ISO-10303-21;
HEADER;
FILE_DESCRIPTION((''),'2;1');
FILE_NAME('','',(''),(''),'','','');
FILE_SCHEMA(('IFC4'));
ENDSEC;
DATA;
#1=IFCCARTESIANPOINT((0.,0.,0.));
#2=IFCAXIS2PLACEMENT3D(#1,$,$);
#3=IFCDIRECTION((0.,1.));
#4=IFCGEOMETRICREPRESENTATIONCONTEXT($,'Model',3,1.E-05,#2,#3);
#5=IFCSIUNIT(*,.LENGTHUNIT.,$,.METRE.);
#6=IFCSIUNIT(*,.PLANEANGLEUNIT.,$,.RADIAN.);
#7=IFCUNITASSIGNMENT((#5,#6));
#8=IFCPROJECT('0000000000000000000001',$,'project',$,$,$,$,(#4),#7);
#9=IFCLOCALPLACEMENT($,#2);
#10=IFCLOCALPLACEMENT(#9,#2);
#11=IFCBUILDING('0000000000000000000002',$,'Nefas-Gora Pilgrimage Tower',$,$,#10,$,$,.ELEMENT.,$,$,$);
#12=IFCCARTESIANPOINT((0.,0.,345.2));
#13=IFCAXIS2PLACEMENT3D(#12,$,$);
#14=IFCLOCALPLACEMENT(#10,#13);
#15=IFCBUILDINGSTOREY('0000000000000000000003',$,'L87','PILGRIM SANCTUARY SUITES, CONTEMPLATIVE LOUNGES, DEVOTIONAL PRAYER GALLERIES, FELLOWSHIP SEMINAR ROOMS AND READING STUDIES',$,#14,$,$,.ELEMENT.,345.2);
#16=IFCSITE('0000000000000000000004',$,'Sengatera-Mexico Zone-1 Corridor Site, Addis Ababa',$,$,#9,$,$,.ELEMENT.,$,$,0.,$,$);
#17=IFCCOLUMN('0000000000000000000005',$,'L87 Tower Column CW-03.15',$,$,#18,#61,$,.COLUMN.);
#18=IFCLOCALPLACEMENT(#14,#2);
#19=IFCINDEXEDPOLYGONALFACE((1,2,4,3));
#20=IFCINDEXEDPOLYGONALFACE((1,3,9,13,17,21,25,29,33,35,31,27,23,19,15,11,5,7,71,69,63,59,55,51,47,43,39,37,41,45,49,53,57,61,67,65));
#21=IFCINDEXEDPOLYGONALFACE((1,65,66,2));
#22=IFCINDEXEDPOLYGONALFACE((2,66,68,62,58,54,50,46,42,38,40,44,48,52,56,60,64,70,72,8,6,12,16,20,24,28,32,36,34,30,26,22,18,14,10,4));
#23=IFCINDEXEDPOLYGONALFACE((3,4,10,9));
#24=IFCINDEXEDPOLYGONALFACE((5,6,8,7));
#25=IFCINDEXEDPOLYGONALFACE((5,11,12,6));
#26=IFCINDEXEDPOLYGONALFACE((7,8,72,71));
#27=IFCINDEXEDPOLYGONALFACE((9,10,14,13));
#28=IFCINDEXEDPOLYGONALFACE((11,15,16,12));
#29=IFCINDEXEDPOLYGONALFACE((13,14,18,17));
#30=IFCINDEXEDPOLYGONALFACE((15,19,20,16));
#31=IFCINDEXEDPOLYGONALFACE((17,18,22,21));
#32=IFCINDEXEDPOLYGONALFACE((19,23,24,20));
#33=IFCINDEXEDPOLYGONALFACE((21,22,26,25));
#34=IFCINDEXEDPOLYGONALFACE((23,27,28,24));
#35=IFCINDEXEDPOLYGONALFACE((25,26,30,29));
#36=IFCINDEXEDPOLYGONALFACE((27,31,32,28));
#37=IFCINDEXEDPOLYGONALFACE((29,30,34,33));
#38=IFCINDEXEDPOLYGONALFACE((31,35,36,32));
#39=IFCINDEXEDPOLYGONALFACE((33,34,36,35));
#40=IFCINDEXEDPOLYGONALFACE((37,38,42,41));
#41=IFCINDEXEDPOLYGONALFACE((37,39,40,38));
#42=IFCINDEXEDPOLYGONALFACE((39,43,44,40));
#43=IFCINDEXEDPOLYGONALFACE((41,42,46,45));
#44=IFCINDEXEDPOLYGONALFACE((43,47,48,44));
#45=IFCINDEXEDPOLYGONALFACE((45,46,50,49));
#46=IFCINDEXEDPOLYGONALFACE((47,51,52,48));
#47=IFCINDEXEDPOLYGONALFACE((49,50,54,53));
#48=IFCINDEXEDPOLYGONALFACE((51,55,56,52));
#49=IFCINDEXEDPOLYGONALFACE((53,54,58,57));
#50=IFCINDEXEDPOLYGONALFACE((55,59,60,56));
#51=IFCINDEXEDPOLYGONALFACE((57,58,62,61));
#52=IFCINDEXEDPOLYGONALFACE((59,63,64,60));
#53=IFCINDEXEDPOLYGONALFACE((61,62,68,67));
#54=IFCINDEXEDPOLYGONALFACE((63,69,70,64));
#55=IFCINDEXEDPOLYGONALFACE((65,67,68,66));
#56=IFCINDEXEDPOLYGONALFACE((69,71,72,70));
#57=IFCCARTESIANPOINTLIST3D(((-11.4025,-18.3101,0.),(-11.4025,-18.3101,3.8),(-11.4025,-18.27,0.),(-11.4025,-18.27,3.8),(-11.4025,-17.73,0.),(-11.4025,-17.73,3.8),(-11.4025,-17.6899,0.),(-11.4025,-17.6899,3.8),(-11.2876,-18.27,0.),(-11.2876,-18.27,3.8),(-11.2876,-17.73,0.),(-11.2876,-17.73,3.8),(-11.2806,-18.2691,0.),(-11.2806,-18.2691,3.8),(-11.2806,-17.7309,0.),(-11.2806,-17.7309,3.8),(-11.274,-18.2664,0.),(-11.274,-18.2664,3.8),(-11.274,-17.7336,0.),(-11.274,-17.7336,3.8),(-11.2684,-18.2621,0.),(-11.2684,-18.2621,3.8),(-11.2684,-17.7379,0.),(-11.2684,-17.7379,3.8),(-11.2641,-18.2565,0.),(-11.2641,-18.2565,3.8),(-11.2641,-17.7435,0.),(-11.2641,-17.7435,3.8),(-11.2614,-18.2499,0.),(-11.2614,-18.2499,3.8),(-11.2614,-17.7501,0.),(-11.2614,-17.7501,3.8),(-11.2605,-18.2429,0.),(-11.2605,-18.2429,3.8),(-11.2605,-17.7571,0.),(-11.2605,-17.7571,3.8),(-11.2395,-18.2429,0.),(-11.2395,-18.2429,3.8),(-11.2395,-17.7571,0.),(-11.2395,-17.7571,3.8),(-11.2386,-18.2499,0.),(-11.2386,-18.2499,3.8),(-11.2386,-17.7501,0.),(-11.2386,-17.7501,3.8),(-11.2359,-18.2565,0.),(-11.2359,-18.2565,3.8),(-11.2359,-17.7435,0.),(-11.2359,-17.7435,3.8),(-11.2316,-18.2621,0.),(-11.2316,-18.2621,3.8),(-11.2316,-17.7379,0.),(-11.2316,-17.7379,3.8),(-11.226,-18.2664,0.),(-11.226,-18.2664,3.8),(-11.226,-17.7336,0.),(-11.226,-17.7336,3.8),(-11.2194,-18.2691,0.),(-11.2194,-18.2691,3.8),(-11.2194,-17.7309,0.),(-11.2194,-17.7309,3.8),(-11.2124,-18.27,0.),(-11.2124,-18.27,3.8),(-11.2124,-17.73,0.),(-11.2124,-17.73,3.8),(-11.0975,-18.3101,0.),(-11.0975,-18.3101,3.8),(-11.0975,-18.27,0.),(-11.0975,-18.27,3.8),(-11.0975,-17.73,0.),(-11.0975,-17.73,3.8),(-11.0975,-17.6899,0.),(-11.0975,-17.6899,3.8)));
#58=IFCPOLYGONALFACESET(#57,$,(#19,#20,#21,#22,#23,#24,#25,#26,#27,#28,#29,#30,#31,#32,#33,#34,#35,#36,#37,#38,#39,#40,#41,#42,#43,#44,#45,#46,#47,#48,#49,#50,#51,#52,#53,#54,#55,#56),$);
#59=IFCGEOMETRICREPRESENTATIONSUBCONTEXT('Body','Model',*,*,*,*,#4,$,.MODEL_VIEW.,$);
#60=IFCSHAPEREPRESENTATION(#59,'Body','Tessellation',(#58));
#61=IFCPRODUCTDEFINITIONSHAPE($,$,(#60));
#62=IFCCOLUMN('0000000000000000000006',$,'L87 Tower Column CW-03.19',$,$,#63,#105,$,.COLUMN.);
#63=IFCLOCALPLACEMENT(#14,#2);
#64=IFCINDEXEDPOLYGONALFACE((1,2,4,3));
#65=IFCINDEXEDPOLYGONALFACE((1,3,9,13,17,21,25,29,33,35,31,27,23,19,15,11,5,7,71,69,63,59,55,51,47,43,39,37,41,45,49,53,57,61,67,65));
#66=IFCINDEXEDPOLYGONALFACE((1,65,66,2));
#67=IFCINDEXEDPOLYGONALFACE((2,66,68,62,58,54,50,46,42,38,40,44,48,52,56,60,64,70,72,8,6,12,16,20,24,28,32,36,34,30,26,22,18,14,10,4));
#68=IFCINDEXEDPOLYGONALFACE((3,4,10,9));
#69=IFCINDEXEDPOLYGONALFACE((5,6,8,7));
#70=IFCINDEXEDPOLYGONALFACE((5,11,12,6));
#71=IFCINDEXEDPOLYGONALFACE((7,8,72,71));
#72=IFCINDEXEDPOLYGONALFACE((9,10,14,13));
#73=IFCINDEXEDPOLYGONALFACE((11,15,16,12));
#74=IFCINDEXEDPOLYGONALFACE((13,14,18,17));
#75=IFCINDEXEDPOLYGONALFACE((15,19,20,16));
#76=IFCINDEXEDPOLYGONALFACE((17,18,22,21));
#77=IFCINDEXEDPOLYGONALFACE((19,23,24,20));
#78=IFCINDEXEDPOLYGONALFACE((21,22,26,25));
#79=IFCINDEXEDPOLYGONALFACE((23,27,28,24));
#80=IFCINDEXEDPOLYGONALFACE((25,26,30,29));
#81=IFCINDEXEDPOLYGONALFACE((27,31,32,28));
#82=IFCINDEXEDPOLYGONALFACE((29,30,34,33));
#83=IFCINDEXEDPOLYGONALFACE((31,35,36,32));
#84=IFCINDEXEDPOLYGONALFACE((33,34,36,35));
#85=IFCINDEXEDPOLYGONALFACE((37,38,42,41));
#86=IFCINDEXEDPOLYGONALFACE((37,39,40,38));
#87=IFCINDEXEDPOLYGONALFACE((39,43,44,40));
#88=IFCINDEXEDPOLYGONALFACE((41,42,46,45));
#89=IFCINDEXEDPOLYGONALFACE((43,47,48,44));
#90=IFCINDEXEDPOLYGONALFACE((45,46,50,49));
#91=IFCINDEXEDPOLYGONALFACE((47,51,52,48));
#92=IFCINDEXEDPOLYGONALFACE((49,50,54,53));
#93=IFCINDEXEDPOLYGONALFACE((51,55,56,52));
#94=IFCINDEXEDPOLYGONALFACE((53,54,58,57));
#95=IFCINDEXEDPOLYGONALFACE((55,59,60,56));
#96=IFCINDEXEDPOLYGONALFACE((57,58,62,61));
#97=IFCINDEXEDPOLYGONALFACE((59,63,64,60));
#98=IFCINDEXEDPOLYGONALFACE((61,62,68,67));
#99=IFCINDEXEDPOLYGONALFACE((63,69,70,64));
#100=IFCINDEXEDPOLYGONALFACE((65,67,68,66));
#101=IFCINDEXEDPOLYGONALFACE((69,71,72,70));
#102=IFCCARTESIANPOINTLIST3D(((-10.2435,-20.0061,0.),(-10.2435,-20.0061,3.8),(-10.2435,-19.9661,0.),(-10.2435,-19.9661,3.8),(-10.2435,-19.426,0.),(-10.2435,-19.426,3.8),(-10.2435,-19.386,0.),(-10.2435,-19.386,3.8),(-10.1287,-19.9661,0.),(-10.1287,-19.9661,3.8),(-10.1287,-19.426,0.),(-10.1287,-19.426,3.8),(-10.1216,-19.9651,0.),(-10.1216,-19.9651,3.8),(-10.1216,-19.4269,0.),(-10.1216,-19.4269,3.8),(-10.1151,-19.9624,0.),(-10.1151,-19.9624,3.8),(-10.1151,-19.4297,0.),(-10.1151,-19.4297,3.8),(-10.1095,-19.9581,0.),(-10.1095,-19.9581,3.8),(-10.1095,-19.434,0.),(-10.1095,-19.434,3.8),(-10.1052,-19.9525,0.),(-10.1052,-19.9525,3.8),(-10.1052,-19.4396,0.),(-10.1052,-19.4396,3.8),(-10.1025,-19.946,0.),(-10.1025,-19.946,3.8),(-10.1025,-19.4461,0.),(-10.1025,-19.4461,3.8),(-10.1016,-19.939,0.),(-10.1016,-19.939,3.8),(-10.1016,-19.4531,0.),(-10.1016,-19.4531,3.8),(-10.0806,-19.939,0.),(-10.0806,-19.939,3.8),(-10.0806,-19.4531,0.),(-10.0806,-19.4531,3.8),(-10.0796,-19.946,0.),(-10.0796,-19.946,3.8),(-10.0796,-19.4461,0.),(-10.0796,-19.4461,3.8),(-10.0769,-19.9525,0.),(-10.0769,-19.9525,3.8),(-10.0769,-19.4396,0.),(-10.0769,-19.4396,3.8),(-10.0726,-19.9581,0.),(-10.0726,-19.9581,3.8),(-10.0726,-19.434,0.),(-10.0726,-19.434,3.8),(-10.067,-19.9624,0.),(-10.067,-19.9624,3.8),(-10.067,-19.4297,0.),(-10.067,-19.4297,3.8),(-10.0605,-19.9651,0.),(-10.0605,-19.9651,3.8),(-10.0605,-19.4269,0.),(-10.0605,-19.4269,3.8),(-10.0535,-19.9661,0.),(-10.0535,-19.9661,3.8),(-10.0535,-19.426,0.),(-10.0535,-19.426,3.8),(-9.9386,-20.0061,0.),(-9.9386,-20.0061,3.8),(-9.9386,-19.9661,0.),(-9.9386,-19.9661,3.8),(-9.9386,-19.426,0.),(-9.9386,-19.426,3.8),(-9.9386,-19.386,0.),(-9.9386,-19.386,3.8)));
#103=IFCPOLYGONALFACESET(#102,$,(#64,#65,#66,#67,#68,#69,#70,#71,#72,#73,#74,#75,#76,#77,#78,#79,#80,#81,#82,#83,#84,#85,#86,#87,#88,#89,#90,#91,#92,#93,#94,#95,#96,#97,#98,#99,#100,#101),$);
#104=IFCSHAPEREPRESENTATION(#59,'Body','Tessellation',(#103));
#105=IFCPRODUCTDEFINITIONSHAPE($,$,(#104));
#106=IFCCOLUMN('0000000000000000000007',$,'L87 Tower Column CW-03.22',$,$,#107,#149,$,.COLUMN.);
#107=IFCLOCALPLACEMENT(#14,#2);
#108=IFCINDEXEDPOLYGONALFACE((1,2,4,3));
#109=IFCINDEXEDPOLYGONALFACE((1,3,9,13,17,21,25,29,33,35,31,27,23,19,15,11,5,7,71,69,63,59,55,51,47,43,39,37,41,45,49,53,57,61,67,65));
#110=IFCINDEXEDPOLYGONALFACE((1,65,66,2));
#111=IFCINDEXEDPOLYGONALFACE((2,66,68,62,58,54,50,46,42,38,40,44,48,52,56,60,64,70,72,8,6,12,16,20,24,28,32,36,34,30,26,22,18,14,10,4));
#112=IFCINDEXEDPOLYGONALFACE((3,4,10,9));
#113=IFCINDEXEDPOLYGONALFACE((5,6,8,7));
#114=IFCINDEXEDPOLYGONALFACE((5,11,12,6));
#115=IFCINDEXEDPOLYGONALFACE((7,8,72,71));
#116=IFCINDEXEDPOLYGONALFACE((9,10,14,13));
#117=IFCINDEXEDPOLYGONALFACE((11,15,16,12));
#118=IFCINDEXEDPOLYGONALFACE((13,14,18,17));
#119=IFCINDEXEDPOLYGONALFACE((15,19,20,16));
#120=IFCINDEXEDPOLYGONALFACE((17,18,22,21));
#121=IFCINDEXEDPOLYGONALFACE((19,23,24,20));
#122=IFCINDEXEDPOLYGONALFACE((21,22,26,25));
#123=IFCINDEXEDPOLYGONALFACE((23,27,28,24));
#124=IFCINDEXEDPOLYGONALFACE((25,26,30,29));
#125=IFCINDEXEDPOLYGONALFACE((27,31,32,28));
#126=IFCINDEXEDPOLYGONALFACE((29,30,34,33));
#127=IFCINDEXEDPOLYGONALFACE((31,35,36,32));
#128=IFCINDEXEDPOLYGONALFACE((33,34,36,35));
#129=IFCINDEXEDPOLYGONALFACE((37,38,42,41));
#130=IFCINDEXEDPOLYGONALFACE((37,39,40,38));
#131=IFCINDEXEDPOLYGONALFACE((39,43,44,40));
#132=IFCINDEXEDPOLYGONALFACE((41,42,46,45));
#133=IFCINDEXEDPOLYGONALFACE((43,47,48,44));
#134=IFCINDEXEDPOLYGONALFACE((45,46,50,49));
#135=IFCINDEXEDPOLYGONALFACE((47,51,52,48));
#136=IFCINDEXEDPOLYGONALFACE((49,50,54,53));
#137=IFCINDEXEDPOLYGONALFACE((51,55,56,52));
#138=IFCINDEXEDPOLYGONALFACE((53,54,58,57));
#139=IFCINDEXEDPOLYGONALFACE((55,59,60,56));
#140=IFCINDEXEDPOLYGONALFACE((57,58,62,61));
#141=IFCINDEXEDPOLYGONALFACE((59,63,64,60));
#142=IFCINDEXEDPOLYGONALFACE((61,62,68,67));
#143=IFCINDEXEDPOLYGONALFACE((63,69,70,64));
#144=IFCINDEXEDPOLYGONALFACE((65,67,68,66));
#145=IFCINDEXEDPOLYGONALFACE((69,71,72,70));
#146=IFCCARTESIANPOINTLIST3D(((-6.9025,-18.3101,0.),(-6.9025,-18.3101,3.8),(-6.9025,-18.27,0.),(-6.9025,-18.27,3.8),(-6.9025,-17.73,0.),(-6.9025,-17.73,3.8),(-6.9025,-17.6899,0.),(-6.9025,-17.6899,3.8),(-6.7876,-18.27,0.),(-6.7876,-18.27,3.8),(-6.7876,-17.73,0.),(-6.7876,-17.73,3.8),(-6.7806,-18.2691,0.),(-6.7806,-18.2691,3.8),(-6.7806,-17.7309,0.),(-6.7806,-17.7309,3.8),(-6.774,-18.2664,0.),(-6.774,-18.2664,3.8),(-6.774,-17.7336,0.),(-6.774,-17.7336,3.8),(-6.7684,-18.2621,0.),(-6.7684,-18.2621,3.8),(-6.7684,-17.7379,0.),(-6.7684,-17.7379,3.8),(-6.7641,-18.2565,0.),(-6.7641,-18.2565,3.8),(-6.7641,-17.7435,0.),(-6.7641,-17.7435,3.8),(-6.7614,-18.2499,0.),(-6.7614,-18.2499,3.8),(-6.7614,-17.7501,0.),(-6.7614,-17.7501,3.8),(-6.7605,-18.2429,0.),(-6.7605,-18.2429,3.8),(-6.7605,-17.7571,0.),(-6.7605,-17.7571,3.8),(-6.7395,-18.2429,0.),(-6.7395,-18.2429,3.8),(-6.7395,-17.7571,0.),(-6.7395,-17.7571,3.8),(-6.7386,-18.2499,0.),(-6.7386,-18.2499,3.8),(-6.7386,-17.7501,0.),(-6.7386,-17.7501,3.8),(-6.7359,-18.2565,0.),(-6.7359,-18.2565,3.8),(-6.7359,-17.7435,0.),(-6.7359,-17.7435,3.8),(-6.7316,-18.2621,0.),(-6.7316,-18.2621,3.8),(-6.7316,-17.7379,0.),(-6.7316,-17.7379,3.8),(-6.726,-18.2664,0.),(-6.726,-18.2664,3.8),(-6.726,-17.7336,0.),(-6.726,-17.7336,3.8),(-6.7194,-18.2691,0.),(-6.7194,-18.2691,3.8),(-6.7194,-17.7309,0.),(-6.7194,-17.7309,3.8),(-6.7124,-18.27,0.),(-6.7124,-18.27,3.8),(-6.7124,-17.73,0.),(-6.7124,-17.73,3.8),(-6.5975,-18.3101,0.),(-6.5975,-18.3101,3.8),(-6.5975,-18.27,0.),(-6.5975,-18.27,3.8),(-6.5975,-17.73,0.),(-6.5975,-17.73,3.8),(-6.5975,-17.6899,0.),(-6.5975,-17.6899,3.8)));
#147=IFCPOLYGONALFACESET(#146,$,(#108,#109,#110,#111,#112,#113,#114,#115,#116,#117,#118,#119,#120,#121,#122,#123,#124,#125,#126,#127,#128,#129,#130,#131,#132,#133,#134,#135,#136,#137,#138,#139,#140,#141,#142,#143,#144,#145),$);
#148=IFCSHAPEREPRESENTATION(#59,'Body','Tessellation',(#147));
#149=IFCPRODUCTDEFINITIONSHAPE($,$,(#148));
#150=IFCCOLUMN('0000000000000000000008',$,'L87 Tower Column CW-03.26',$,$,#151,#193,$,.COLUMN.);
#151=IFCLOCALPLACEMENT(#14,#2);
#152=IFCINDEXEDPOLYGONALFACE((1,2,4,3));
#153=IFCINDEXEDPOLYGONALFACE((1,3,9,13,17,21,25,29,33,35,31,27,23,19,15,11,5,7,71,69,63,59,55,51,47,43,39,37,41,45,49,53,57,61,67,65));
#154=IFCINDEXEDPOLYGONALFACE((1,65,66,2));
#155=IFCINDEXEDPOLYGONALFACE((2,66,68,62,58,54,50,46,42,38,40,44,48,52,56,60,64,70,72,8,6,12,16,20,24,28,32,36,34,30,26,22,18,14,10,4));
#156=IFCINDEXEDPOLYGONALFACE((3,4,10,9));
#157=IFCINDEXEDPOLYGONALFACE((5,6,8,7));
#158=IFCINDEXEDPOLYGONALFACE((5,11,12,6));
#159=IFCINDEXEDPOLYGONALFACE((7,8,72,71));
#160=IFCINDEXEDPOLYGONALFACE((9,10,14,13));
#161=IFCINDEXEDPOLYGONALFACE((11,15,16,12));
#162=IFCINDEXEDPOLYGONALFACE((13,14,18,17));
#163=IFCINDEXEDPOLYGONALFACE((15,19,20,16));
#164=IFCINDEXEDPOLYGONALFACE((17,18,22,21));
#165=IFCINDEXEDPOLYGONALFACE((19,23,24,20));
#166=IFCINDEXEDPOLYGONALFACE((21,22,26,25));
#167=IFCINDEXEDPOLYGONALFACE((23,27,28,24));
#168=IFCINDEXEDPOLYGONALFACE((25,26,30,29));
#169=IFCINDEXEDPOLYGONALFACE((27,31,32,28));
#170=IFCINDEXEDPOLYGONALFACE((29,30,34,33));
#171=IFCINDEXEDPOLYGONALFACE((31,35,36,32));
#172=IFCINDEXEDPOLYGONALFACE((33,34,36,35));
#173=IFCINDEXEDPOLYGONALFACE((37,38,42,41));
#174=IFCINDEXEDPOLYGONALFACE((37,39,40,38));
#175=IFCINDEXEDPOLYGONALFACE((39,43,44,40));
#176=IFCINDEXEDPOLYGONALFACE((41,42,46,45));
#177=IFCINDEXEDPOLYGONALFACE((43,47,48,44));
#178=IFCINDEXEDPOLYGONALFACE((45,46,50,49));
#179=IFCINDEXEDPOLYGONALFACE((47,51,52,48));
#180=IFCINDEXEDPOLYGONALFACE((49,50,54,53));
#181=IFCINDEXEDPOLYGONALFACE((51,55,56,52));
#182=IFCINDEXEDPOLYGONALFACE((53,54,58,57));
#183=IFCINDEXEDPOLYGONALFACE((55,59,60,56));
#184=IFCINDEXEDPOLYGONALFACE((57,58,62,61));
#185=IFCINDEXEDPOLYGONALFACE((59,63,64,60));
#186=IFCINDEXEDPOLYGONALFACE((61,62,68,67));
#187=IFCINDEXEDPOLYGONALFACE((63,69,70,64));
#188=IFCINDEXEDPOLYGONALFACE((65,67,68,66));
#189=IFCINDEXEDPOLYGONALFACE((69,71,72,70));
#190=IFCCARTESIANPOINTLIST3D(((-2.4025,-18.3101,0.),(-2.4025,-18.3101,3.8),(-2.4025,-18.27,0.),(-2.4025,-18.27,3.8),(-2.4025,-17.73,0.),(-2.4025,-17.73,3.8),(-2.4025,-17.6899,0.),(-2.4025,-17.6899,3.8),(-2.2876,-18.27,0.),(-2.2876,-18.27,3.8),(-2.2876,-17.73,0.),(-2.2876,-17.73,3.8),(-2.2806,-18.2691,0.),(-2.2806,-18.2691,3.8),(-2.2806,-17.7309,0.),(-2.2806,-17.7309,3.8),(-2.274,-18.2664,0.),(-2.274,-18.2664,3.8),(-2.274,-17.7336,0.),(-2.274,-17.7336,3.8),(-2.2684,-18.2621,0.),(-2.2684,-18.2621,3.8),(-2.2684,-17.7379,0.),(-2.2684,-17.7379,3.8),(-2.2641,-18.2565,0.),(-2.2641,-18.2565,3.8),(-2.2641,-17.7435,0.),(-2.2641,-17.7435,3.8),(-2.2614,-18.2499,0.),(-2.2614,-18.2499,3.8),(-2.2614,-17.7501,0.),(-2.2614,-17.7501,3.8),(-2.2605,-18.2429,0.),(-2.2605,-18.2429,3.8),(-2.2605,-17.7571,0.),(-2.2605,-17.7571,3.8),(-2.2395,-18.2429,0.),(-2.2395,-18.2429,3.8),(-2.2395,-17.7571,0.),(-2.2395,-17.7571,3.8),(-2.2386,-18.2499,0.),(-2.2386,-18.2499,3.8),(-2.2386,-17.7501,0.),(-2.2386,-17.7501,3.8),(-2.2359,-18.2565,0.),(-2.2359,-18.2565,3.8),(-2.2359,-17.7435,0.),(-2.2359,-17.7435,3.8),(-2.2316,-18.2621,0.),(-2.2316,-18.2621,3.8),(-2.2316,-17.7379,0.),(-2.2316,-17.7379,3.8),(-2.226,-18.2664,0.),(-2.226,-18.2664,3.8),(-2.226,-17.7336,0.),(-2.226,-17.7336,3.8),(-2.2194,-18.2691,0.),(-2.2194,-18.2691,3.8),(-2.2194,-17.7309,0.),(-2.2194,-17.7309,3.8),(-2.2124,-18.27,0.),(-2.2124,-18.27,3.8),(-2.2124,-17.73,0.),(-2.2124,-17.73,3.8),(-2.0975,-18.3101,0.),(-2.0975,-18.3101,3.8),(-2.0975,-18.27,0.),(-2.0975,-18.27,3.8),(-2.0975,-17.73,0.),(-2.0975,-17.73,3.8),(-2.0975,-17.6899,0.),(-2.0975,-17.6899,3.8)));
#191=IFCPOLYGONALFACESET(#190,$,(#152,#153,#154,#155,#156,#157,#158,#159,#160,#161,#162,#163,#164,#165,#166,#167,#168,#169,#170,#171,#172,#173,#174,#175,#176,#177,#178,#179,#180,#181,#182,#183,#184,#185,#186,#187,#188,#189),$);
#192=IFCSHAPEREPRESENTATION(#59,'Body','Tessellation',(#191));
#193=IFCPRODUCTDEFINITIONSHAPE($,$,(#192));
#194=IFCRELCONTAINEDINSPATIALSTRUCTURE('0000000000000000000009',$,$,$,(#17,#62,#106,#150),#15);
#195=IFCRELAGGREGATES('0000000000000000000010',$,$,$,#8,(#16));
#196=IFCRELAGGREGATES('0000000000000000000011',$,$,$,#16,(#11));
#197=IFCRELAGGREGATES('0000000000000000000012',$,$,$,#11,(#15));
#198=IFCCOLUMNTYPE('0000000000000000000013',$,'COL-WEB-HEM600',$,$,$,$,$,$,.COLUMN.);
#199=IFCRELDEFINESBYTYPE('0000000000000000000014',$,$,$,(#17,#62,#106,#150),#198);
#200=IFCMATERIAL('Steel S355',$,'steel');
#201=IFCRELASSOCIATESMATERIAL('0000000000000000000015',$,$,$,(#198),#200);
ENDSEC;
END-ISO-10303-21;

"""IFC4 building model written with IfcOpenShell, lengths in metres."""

from ifc_helpers import new_model, si_unit, direction, frame, origin, origin_2d, place, context, subcontext, project, spatial, i_section, extrude, source, transform, mapped, material, material_profile, profile_set, type_object, element, save


model = new_model("IFC4")

# Units and contexts
model_context = context("Model", 3, precision=1e-05, world=origin(), true_north=direction((0.0, 1.0)))
body_context = subcontext(model_context, "Body", "Model", "MODEL_VIEW")
ifc_project = project(units=[si_unit("LENGTHUNIT", "METRE"), si_unit("PLANEANGLEUNIT", "RADIAN")], contexts=[model_context])

# Site, building, storey
site_placement = place(None, origin())
site = spatial("IfcSite", under=ifc_project, at=site_placement, Name="Sengatera-Mexico Zone-1 Corridor Site, Addis Ababa", CompositionType="ELEMENT", RefElevation=0.0)
building_placement = place(site_placement, origin())
building = spatial("IfcBuilding", under=site, at=building_placement, Name="Nefas-Gora Pilgrimage Tower", CompositionType="ELEMENT")
storey_placement = place(building_placement, frame((0.0, 0.0, 345.2)))
storey = spatial("IfcBuildingStorey", under=building, at=storey_placement, Name="L87", Description="PILGRIM SANCTUARY SUITES, CONTEMPLATIVE LOUNGES, DEVOTIONAL PRAYER GALLERIES, FELLOWSHIP SEMINAR ROOMS AND READING STUDIES", CompositionType="ELEMENT", Elevation=345.2)

# Columns
ifc_material_1 = material(Name="Steel S355", Category="steel")
ifc_material_profile_1 = material_profile(ifc_material_1, i_section(OverallWidth=0.3049, OverallDepth=0.6201, WebThickness=0.021, FlangeThickness=0.04, FilletRadius=0.0271, at=origin_2d()), Name="HEM 600")
ifc_profile_set_1 = profile_set([ifc_material_profile_1], Name="Steel S355")
column_type_1 = type_object("IfcColumnType", Name="COL-WEB-HEM600", PredefinedType="COLUMN", material=ifc_profile_set_1)
shared_shape_1 = source(origin(), body_context, "Body", "SweptSolid", [
    extrude(i_section(OverallWidth=0.3049, OverallDepth=0.6201, WebThickness=0.021, FlangeThickness=0.04, FilletRadius=0.0271, at=origin_2d()), origin(), (0.0, 0.0, 1.0), 3.8),
])
for number, where, z_axis, x_axis, name in (
    (1, (-11.25, -18.0, 0.0), (0.0, 0.0, 1.0), (1.0, 0.0, 0.0), "L87 Tower Column CW-03.15"),
    (2, (-10.0911, -19.696, 0.0), (0.0, 0.0, 1.0), (1.0, 0.0, 0.0), "L87 Tower Column CW-03.19"),
    (3, (-6.75, -18.0, 0.0), (0.0, 0.0, 1.0), (1.0, 0.0, 0.0), "L87 Tower Column CW-03.22"),
    (4, (-2.25, -18.0, 0.0), (0.0, 0.0, 1.0), (1.0, 0.0, 0.0), "L87 Tower Column CW-03.26"),
):
    element("IfcColumn", number, at=place(storey_placement, frame(where, z_axis=z_axis, x_axis=x_axis)), inside=storey, type_object=column_type_1, Name=name, PredefinedType="COLUMN", context=body_context, shape_type="MappedRepresentation", body=[
        mapped(shared_shape_1, transform((0.0, 0.0, 0.0), x_axis=(1.0, 0.0, 0.0), y_axis=(0.0, 1.0, 0.0), z_axis=(0.0, 0.0, 1.0), scale=1.0)),
    ])

save(model, "model.ifc")
